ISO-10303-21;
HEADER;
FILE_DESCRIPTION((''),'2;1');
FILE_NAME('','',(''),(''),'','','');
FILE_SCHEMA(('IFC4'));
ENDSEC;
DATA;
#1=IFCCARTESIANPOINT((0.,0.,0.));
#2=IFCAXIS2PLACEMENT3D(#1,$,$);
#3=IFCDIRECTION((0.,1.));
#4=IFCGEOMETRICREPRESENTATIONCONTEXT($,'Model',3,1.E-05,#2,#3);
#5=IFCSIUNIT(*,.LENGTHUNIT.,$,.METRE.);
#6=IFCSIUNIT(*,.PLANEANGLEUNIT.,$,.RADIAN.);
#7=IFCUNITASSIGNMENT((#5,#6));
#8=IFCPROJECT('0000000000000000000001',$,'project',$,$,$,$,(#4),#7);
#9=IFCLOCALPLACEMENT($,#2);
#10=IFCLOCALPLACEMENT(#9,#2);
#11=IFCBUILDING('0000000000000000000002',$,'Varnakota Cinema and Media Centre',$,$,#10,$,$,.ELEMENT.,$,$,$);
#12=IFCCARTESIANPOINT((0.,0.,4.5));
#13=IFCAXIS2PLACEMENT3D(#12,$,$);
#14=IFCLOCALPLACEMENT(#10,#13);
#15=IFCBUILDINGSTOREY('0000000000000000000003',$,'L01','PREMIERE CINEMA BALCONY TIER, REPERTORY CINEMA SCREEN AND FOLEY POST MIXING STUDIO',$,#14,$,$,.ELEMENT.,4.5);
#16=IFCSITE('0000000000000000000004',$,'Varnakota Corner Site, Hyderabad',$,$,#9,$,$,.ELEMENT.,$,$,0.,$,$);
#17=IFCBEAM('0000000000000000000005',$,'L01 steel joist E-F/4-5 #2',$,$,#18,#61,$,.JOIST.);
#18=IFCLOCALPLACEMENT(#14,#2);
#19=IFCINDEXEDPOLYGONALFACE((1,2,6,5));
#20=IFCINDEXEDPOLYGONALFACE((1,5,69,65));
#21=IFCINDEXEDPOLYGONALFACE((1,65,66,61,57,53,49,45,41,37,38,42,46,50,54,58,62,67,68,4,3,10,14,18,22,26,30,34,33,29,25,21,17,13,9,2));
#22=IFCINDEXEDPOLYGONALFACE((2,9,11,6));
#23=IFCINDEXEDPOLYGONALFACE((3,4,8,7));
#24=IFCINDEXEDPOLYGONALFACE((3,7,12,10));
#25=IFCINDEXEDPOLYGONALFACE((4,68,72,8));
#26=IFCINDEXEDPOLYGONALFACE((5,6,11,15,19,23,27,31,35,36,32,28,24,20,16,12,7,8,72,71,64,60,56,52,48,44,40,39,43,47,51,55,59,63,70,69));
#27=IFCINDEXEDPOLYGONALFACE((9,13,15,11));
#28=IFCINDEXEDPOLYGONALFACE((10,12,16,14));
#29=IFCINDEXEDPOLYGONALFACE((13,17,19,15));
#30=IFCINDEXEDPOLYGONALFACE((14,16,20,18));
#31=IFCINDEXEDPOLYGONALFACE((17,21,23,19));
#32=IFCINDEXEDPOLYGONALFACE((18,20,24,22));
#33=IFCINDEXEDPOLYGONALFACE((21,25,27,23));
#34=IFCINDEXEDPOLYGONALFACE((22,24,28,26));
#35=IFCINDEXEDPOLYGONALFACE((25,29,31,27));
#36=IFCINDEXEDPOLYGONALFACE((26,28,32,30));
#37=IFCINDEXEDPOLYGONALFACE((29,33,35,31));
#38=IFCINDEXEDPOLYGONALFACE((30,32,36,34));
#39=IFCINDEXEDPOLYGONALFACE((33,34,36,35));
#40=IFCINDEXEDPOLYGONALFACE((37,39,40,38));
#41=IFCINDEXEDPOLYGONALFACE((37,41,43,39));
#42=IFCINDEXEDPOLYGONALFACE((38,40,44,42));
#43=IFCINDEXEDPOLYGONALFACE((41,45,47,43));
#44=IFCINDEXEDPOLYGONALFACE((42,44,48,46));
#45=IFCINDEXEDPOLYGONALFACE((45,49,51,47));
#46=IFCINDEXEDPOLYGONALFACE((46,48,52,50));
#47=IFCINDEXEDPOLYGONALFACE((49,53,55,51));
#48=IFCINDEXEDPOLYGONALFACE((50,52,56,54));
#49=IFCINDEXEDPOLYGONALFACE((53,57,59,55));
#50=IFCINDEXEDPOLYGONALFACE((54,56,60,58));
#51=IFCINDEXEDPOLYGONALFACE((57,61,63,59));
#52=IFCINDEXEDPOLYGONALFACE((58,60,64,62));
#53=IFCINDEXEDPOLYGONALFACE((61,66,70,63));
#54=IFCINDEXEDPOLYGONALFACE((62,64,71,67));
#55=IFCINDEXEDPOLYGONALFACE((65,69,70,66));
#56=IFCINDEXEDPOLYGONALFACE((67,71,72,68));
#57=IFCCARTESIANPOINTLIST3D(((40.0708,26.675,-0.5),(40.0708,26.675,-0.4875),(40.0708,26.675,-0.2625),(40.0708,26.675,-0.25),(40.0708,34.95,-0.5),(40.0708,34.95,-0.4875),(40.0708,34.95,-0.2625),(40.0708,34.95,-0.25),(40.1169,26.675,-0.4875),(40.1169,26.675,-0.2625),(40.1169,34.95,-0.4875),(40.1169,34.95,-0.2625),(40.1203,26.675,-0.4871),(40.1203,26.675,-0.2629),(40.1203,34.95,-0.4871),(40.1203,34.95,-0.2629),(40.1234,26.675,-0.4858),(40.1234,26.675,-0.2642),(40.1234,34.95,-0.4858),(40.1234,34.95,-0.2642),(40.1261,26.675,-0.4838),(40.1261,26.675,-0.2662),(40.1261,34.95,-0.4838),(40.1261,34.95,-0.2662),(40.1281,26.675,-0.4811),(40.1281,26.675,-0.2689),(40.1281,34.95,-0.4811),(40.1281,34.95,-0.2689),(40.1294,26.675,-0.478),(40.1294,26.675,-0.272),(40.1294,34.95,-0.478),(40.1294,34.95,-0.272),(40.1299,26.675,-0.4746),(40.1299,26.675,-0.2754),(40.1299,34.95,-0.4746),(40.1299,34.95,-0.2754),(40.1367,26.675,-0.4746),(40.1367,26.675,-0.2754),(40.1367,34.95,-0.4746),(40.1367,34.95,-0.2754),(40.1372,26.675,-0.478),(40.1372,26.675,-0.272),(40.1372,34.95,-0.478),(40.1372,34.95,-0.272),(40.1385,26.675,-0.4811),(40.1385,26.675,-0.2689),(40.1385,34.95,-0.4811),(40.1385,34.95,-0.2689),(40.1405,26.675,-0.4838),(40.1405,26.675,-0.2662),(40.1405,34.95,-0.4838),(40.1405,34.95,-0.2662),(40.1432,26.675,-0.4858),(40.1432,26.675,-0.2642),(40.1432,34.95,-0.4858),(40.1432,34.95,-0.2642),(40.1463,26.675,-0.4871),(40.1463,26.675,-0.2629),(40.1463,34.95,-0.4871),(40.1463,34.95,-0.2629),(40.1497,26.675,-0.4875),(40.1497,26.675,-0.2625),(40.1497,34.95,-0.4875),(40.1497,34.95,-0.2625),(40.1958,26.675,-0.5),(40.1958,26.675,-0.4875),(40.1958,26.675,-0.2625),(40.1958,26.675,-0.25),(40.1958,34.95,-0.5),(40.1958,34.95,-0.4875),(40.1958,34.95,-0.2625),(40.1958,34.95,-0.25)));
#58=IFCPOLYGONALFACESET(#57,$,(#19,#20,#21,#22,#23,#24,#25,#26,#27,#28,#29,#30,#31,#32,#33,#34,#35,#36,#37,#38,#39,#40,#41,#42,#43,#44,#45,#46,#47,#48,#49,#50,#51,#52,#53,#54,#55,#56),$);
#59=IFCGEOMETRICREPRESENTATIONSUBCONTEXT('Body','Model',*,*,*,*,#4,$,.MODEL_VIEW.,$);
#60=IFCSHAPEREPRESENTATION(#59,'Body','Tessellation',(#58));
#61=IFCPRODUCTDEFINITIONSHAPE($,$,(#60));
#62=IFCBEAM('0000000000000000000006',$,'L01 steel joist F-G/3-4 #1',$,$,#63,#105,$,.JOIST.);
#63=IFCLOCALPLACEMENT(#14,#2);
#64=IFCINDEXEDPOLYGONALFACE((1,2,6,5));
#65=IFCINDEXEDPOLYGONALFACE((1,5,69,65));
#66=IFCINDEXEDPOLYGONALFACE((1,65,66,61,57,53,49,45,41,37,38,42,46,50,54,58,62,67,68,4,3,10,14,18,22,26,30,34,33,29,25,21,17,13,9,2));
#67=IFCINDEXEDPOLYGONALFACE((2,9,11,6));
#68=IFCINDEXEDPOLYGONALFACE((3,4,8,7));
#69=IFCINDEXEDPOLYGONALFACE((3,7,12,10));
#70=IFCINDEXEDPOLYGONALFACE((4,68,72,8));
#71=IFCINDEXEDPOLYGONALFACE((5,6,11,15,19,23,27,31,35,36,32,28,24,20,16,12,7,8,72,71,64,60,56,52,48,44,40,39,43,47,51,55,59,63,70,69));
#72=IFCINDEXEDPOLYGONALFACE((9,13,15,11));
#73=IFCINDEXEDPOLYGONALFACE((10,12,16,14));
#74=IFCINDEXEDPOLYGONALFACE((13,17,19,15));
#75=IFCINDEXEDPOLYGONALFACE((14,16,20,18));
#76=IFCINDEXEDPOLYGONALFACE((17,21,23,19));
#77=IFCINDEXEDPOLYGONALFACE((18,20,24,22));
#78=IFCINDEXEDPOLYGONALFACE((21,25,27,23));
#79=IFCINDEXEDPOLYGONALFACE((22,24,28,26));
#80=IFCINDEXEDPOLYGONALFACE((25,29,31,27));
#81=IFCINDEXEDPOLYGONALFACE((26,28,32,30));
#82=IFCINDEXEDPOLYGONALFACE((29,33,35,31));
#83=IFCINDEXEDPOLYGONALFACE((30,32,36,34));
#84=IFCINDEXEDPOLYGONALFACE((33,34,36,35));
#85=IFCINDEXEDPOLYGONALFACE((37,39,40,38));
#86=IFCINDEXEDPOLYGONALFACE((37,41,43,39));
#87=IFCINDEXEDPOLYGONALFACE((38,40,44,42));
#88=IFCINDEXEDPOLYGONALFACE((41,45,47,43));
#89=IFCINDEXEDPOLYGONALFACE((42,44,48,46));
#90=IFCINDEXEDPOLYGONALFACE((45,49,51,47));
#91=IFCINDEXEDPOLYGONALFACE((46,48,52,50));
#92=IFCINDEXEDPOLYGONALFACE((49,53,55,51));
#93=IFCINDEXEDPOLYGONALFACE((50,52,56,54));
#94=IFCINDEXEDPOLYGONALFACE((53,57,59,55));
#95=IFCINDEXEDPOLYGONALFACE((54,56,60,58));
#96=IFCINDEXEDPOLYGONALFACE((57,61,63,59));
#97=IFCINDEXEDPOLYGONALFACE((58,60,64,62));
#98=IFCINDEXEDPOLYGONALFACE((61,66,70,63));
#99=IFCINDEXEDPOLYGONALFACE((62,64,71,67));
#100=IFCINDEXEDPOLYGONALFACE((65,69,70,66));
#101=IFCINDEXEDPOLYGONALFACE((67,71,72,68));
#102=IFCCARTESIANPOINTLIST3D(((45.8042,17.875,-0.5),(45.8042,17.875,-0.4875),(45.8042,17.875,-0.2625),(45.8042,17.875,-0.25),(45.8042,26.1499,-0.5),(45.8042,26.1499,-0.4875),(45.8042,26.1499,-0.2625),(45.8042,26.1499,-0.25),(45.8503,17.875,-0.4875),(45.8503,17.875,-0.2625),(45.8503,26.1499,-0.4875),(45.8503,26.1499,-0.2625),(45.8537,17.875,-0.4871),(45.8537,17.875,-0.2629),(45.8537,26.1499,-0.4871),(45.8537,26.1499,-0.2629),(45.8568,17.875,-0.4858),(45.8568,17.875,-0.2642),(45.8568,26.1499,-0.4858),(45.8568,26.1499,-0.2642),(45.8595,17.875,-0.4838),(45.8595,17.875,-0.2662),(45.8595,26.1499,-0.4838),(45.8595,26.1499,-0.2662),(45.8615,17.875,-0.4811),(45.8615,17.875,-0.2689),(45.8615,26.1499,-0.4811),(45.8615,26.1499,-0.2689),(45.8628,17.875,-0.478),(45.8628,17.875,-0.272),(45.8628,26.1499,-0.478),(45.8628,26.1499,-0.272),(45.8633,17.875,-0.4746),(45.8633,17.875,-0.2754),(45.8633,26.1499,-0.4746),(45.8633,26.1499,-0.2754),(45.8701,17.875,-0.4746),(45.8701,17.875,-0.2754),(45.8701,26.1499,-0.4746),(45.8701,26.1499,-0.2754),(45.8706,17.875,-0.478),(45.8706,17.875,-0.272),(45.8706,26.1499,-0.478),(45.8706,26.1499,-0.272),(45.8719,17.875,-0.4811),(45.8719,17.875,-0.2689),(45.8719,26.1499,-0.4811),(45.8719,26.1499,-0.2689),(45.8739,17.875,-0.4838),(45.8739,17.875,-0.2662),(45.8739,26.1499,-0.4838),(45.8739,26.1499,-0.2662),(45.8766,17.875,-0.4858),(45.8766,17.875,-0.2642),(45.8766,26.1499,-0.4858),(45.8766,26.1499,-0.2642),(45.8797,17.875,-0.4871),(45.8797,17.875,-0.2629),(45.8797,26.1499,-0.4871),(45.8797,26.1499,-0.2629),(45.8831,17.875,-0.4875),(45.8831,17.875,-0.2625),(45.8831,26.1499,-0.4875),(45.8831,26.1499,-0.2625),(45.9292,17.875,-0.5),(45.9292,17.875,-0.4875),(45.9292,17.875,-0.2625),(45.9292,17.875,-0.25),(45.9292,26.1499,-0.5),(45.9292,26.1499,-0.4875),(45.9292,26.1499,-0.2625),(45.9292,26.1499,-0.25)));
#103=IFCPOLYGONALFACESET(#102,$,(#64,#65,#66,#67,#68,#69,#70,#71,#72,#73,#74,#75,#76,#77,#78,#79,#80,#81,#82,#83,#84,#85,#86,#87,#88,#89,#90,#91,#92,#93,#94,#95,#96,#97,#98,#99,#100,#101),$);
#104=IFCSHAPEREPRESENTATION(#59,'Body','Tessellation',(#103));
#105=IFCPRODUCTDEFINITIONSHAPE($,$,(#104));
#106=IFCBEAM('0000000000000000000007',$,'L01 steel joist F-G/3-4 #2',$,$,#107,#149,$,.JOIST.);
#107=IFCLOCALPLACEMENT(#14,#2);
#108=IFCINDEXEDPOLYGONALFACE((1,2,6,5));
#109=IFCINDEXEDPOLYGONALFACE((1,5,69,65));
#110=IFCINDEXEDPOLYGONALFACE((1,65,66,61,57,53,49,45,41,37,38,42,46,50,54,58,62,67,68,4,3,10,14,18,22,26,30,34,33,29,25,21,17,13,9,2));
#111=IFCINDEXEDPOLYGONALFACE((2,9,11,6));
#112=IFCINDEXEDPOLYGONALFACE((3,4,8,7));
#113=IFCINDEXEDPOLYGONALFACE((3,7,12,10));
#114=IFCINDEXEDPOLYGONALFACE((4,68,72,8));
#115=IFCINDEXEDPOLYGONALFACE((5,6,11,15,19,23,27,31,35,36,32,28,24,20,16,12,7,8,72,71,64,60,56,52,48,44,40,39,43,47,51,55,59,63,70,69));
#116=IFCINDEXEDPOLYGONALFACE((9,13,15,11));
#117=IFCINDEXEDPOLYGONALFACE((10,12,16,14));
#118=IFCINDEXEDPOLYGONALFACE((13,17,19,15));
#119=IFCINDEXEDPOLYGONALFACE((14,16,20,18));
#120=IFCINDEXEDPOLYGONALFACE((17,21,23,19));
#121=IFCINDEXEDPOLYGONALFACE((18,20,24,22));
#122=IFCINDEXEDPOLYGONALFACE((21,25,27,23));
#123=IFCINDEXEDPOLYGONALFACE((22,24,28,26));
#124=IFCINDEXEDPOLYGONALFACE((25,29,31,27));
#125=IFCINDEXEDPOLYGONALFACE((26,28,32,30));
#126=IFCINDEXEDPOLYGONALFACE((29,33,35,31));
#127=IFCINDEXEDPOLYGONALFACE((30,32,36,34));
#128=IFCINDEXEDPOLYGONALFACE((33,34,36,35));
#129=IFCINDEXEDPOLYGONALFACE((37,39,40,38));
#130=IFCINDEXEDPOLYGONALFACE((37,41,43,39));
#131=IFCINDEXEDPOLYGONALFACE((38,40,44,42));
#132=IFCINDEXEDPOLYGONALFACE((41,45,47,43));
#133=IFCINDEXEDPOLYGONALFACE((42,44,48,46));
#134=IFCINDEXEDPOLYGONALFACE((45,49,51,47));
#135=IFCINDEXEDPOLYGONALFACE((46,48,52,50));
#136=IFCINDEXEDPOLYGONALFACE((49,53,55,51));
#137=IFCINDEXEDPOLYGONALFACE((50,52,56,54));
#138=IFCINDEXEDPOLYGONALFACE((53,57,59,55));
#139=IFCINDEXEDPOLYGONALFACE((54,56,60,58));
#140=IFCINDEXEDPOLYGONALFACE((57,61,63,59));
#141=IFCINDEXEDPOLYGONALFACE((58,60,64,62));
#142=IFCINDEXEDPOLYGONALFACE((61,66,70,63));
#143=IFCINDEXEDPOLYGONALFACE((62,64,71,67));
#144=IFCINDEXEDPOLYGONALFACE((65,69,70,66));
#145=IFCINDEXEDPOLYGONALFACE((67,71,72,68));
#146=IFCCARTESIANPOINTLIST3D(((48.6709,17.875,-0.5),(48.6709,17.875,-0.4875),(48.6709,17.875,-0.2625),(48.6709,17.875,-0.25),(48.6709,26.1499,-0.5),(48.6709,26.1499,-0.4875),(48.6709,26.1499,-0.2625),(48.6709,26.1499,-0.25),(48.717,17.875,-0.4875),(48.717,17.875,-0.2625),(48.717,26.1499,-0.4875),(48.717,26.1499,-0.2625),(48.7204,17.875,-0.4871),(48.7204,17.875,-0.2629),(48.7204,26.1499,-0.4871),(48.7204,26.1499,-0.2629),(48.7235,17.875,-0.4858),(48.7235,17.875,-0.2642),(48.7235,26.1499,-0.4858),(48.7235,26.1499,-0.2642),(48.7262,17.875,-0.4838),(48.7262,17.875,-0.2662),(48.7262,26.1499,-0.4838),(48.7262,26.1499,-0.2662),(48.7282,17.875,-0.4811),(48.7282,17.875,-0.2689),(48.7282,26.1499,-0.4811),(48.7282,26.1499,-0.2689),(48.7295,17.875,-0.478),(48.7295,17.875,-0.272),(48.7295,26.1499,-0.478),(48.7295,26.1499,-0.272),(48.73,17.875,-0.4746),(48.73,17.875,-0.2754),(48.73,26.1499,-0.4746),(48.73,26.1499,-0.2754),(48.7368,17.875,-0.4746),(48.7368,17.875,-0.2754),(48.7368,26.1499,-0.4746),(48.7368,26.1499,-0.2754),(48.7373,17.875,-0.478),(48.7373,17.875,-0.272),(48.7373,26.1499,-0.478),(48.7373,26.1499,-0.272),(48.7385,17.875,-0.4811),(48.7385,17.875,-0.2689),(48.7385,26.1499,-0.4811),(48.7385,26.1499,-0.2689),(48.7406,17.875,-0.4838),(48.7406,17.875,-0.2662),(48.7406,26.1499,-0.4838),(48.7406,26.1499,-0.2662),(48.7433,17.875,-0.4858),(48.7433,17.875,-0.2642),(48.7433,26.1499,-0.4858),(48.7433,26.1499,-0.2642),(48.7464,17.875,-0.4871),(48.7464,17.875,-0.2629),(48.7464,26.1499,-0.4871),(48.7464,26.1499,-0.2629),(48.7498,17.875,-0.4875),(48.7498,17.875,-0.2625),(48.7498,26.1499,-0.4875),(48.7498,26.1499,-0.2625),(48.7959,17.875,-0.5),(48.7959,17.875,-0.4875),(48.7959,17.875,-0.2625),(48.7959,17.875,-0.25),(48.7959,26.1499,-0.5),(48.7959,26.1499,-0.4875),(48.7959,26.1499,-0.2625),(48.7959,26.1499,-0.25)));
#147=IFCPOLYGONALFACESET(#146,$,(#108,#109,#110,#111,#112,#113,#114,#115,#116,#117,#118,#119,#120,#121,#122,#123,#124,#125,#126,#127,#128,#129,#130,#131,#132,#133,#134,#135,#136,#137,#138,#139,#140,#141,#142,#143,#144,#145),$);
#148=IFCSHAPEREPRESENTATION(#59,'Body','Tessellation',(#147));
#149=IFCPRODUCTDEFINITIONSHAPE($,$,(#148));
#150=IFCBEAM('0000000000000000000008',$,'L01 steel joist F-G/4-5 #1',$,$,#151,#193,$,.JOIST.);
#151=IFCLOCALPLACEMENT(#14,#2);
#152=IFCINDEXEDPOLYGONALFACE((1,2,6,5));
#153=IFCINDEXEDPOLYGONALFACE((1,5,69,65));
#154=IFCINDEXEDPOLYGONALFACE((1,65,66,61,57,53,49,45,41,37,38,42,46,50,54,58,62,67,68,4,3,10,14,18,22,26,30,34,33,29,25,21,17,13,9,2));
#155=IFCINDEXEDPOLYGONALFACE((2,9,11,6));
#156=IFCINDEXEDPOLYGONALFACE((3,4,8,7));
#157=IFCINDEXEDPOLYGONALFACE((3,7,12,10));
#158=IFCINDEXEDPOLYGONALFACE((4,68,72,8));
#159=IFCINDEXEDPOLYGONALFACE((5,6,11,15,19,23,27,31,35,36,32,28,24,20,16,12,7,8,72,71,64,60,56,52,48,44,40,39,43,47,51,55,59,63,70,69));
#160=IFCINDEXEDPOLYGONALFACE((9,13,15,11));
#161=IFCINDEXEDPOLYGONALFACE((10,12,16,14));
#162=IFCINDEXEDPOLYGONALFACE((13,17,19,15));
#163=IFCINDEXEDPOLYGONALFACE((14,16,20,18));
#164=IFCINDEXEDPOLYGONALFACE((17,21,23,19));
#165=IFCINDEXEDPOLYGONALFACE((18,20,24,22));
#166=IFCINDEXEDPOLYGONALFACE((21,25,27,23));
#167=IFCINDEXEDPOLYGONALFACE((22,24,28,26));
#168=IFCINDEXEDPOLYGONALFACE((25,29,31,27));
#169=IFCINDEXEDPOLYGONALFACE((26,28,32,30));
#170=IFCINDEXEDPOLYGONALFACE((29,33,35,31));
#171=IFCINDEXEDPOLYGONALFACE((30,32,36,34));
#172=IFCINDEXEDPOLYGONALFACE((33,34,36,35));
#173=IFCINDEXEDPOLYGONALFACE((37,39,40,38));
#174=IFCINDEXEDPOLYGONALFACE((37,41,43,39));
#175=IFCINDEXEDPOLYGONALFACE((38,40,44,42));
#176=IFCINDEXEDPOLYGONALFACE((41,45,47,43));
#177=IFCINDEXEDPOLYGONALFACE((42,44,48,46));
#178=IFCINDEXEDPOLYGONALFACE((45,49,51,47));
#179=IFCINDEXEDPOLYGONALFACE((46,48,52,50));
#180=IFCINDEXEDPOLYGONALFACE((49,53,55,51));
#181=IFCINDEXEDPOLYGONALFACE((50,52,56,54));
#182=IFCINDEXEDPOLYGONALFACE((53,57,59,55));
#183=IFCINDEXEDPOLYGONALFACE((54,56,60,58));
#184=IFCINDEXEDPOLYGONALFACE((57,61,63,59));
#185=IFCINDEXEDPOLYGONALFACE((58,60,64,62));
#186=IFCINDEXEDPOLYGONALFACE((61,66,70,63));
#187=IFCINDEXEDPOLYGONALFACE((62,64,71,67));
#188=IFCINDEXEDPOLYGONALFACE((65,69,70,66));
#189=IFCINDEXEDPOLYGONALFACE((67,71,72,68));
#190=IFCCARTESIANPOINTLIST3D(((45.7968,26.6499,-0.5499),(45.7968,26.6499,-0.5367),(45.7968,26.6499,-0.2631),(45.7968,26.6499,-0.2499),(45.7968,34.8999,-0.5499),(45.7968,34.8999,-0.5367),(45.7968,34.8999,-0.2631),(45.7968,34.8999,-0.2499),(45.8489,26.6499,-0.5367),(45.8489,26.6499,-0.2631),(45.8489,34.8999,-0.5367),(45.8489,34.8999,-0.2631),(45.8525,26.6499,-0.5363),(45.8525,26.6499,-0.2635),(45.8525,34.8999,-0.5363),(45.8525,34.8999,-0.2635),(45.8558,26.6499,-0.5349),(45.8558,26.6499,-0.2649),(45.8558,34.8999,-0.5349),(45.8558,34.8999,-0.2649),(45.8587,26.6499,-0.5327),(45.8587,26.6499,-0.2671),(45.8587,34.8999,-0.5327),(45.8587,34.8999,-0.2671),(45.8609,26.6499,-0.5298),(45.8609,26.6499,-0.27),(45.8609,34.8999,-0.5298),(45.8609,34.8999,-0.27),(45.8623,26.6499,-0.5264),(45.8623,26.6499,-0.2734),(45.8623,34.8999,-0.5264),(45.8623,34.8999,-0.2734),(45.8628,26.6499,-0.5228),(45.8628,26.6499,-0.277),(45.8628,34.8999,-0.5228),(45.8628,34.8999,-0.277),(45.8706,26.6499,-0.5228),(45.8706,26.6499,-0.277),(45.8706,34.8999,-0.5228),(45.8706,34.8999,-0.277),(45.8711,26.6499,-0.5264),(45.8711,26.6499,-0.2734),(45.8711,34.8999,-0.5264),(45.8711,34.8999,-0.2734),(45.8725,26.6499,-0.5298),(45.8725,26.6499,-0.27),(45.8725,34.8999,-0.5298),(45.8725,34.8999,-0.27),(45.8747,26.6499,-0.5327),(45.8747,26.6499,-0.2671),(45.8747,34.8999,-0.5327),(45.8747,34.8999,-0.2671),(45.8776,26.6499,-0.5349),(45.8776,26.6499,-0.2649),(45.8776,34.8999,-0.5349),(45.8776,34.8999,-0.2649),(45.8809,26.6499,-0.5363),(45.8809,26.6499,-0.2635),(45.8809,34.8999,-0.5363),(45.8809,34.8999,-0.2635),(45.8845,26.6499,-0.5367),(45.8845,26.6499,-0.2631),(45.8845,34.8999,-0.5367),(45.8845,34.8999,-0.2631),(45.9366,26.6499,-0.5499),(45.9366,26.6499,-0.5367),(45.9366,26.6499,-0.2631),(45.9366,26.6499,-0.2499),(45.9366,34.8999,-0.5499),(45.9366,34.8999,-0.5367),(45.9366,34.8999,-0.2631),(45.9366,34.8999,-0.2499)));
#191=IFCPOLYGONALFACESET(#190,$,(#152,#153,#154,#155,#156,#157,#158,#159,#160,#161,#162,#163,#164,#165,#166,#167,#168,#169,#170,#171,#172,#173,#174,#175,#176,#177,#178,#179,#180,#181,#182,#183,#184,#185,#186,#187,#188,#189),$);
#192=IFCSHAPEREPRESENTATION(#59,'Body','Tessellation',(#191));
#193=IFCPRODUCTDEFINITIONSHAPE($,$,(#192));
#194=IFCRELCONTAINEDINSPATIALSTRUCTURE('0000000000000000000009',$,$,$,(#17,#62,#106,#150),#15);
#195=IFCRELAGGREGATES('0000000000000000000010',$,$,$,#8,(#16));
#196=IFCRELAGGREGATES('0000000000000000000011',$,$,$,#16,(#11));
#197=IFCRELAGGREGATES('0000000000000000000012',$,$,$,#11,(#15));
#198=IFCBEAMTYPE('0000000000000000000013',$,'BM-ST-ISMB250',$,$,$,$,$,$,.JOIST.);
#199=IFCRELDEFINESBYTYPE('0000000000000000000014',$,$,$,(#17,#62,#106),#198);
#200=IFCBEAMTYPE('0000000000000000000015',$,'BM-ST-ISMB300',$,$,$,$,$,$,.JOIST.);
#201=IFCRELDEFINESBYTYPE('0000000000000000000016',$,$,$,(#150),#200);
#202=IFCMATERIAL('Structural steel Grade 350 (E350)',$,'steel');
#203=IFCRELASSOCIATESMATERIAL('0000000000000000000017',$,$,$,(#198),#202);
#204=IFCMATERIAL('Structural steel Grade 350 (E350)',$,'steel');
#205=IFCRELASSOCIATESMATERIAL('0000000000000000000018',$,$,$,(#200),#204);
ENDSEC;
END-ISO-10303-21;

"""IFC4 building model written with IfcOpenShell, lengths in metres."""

from ifc_helpers import new_model, si_unit, direction, frame, origin, origin_2d, place, context, subcontext, project, spatial, i_section, extrude, material, material_profile, profile_set, type_object, element, save


model = new_model("IFC4")

# Units and contexts
model_context = context("Model", 3, precision=1e-05, world=origin(), true_north=direction((0.0, 1.0)))
body_context = subcontext(model_context, "Body", "Model", "MODEL_VIEW")
ifc_project = project(units=[si_unit("LENGTHUNIT", "METRE"), si_unit("PLANEANGLEUNIT", "RADIAN")], contexts=[model_context])

# Site, building, storey
site_placement = place(None, origin())
site = spatial("IfcSite", under=ifc_project, at=site_placement, Name="Varnakota Corner Site, Hyderabad", CompositionType="ELEMENT", RefElevation=0.0)
building_placement = place(site_placement, origin())
building = spatial("IfcBuilding", under=site, at=building_placement, Name="Varnakota Cinema and Media Centre", CompositionType="ELEMENT")
storey_placement = place(building_placement, frame((0.0, 0.0, 4.5)))
storey = spatial("IfcBuildingStorey", under=building, at=storey_placement, Name="L01", Description="PREMIERE CINEMA BALCONY TIER, REPERTORY CINEMA SCREEN AND FOLEY POST MIXING STUDIO", CompositionType="ELEMENT", Elevation=4.5)

# Beams
ifc_material_1 = material(Name="Structural steel Grade 350 (E350)", Category="steel")
ifc_material_profile_1 = material_profile(ifc_material_1, i_section(OverallWidth=0.125, OverallDepth=0.25, WebThickness=0.0068, FlangeThickness=0.0125, FilletRadius=0.0129, at=origin_2d()), Name="ISMB 250")
ifc_profile_set_1 = profile_set([ifc_material_profile_1], Name="Structural steel Grade 350 (E350)")
beam_type_1 = type_object("IfcBeamType", Name="BM-ST-ISMB250", PredefinedType="JOIST", material=ifc_profile_set_1)
for number, where, z_axis, x_axis, name in (
    (1, (40.1333, 26.675, -0.375), (0.0, 1.0, 0.0), (-1.0, 0.0, 0.0), "L01 steel joist E-F/4-5 #2"),
    (2, (45.8667, 17.875, -0.375), (0.0, 1.0, 0.0), (-1.0, 0.0, 0.0), "L01 steel joist F-G/3-4 #1"),
    (3, (48.7334, 17.875, -0.375), (0.0, 1.0, 0.0), (-1.0, 0.0, 0.0), "L01 steel joist F-G/3-4 #2"),
):
    element("IfcBeam", number, at=place(storey_placement, frame(where, z_axis=z_axis, x_axis=x_axis)), inside=storey, type_object=beam_type_1, Name=name, PredefinedType="JOIST", context=body_context, shape_type="SweptSolid", body=[
        extrude(i_section(OverallWidth=0.125, OverallDepth=0.25, WebThickness=0.0068, FlangeThickness=0.0125, FilletRadius=0.0129, at=origin_2d()), origin(), (0.0, 0.0, 1.0), 8.2749),
    ])
ifc_material_2 = material(Name="Structural steel Grade 350 (E350)", Category="steel")
ifc_material_profile_2 = material_profile(ifc_material_2, i_section(OverallWidth=0.1399, OverallDepth=0.3, WebThickness=0.0078, FlangeThickness=0.0132, FilletRadius=0.0139, at=origin_2d()), Name="ISMB 300")
ifc_profile_set_2 = profile_set([ifc_material_profile_2], Name="Structural steel Grade 350 (E350)")
beam_type_2 = type_object("IfcBeamType", Name="BM-ST-ISMB300", PredefinedType="JOIST", material=ifc_profile_set_2)
for number, where, z_axis, x_axis, name in (
    (4, (45.8667, 26.6499, -0.3999), (0.0, 1.0, 0.0), (-1.0, 0.0, 0.0), "L01 steel joist F-G/4-5 #1"),
):
    element("IfcBeam", number, at=place(storey_placement, frame(where, z_axis=z_axis, x_axis=x_axis)), inside=storey, type_object=beam_type_2, Name=name, PredefinedType="JOIST", context=body_context, shape_type="SweptSolid", body=[
        extrude(i_section(OverallWidth=0.1399, OverallDepth=0.3, WebThickness=0.0078, FlangeThickness=0.0132, FilletRadius=0.0139, at=origin_2d()), origin(), (0.0, 0.0, 1.0), 8.25),
    ])

save(model, "model.ifc")
